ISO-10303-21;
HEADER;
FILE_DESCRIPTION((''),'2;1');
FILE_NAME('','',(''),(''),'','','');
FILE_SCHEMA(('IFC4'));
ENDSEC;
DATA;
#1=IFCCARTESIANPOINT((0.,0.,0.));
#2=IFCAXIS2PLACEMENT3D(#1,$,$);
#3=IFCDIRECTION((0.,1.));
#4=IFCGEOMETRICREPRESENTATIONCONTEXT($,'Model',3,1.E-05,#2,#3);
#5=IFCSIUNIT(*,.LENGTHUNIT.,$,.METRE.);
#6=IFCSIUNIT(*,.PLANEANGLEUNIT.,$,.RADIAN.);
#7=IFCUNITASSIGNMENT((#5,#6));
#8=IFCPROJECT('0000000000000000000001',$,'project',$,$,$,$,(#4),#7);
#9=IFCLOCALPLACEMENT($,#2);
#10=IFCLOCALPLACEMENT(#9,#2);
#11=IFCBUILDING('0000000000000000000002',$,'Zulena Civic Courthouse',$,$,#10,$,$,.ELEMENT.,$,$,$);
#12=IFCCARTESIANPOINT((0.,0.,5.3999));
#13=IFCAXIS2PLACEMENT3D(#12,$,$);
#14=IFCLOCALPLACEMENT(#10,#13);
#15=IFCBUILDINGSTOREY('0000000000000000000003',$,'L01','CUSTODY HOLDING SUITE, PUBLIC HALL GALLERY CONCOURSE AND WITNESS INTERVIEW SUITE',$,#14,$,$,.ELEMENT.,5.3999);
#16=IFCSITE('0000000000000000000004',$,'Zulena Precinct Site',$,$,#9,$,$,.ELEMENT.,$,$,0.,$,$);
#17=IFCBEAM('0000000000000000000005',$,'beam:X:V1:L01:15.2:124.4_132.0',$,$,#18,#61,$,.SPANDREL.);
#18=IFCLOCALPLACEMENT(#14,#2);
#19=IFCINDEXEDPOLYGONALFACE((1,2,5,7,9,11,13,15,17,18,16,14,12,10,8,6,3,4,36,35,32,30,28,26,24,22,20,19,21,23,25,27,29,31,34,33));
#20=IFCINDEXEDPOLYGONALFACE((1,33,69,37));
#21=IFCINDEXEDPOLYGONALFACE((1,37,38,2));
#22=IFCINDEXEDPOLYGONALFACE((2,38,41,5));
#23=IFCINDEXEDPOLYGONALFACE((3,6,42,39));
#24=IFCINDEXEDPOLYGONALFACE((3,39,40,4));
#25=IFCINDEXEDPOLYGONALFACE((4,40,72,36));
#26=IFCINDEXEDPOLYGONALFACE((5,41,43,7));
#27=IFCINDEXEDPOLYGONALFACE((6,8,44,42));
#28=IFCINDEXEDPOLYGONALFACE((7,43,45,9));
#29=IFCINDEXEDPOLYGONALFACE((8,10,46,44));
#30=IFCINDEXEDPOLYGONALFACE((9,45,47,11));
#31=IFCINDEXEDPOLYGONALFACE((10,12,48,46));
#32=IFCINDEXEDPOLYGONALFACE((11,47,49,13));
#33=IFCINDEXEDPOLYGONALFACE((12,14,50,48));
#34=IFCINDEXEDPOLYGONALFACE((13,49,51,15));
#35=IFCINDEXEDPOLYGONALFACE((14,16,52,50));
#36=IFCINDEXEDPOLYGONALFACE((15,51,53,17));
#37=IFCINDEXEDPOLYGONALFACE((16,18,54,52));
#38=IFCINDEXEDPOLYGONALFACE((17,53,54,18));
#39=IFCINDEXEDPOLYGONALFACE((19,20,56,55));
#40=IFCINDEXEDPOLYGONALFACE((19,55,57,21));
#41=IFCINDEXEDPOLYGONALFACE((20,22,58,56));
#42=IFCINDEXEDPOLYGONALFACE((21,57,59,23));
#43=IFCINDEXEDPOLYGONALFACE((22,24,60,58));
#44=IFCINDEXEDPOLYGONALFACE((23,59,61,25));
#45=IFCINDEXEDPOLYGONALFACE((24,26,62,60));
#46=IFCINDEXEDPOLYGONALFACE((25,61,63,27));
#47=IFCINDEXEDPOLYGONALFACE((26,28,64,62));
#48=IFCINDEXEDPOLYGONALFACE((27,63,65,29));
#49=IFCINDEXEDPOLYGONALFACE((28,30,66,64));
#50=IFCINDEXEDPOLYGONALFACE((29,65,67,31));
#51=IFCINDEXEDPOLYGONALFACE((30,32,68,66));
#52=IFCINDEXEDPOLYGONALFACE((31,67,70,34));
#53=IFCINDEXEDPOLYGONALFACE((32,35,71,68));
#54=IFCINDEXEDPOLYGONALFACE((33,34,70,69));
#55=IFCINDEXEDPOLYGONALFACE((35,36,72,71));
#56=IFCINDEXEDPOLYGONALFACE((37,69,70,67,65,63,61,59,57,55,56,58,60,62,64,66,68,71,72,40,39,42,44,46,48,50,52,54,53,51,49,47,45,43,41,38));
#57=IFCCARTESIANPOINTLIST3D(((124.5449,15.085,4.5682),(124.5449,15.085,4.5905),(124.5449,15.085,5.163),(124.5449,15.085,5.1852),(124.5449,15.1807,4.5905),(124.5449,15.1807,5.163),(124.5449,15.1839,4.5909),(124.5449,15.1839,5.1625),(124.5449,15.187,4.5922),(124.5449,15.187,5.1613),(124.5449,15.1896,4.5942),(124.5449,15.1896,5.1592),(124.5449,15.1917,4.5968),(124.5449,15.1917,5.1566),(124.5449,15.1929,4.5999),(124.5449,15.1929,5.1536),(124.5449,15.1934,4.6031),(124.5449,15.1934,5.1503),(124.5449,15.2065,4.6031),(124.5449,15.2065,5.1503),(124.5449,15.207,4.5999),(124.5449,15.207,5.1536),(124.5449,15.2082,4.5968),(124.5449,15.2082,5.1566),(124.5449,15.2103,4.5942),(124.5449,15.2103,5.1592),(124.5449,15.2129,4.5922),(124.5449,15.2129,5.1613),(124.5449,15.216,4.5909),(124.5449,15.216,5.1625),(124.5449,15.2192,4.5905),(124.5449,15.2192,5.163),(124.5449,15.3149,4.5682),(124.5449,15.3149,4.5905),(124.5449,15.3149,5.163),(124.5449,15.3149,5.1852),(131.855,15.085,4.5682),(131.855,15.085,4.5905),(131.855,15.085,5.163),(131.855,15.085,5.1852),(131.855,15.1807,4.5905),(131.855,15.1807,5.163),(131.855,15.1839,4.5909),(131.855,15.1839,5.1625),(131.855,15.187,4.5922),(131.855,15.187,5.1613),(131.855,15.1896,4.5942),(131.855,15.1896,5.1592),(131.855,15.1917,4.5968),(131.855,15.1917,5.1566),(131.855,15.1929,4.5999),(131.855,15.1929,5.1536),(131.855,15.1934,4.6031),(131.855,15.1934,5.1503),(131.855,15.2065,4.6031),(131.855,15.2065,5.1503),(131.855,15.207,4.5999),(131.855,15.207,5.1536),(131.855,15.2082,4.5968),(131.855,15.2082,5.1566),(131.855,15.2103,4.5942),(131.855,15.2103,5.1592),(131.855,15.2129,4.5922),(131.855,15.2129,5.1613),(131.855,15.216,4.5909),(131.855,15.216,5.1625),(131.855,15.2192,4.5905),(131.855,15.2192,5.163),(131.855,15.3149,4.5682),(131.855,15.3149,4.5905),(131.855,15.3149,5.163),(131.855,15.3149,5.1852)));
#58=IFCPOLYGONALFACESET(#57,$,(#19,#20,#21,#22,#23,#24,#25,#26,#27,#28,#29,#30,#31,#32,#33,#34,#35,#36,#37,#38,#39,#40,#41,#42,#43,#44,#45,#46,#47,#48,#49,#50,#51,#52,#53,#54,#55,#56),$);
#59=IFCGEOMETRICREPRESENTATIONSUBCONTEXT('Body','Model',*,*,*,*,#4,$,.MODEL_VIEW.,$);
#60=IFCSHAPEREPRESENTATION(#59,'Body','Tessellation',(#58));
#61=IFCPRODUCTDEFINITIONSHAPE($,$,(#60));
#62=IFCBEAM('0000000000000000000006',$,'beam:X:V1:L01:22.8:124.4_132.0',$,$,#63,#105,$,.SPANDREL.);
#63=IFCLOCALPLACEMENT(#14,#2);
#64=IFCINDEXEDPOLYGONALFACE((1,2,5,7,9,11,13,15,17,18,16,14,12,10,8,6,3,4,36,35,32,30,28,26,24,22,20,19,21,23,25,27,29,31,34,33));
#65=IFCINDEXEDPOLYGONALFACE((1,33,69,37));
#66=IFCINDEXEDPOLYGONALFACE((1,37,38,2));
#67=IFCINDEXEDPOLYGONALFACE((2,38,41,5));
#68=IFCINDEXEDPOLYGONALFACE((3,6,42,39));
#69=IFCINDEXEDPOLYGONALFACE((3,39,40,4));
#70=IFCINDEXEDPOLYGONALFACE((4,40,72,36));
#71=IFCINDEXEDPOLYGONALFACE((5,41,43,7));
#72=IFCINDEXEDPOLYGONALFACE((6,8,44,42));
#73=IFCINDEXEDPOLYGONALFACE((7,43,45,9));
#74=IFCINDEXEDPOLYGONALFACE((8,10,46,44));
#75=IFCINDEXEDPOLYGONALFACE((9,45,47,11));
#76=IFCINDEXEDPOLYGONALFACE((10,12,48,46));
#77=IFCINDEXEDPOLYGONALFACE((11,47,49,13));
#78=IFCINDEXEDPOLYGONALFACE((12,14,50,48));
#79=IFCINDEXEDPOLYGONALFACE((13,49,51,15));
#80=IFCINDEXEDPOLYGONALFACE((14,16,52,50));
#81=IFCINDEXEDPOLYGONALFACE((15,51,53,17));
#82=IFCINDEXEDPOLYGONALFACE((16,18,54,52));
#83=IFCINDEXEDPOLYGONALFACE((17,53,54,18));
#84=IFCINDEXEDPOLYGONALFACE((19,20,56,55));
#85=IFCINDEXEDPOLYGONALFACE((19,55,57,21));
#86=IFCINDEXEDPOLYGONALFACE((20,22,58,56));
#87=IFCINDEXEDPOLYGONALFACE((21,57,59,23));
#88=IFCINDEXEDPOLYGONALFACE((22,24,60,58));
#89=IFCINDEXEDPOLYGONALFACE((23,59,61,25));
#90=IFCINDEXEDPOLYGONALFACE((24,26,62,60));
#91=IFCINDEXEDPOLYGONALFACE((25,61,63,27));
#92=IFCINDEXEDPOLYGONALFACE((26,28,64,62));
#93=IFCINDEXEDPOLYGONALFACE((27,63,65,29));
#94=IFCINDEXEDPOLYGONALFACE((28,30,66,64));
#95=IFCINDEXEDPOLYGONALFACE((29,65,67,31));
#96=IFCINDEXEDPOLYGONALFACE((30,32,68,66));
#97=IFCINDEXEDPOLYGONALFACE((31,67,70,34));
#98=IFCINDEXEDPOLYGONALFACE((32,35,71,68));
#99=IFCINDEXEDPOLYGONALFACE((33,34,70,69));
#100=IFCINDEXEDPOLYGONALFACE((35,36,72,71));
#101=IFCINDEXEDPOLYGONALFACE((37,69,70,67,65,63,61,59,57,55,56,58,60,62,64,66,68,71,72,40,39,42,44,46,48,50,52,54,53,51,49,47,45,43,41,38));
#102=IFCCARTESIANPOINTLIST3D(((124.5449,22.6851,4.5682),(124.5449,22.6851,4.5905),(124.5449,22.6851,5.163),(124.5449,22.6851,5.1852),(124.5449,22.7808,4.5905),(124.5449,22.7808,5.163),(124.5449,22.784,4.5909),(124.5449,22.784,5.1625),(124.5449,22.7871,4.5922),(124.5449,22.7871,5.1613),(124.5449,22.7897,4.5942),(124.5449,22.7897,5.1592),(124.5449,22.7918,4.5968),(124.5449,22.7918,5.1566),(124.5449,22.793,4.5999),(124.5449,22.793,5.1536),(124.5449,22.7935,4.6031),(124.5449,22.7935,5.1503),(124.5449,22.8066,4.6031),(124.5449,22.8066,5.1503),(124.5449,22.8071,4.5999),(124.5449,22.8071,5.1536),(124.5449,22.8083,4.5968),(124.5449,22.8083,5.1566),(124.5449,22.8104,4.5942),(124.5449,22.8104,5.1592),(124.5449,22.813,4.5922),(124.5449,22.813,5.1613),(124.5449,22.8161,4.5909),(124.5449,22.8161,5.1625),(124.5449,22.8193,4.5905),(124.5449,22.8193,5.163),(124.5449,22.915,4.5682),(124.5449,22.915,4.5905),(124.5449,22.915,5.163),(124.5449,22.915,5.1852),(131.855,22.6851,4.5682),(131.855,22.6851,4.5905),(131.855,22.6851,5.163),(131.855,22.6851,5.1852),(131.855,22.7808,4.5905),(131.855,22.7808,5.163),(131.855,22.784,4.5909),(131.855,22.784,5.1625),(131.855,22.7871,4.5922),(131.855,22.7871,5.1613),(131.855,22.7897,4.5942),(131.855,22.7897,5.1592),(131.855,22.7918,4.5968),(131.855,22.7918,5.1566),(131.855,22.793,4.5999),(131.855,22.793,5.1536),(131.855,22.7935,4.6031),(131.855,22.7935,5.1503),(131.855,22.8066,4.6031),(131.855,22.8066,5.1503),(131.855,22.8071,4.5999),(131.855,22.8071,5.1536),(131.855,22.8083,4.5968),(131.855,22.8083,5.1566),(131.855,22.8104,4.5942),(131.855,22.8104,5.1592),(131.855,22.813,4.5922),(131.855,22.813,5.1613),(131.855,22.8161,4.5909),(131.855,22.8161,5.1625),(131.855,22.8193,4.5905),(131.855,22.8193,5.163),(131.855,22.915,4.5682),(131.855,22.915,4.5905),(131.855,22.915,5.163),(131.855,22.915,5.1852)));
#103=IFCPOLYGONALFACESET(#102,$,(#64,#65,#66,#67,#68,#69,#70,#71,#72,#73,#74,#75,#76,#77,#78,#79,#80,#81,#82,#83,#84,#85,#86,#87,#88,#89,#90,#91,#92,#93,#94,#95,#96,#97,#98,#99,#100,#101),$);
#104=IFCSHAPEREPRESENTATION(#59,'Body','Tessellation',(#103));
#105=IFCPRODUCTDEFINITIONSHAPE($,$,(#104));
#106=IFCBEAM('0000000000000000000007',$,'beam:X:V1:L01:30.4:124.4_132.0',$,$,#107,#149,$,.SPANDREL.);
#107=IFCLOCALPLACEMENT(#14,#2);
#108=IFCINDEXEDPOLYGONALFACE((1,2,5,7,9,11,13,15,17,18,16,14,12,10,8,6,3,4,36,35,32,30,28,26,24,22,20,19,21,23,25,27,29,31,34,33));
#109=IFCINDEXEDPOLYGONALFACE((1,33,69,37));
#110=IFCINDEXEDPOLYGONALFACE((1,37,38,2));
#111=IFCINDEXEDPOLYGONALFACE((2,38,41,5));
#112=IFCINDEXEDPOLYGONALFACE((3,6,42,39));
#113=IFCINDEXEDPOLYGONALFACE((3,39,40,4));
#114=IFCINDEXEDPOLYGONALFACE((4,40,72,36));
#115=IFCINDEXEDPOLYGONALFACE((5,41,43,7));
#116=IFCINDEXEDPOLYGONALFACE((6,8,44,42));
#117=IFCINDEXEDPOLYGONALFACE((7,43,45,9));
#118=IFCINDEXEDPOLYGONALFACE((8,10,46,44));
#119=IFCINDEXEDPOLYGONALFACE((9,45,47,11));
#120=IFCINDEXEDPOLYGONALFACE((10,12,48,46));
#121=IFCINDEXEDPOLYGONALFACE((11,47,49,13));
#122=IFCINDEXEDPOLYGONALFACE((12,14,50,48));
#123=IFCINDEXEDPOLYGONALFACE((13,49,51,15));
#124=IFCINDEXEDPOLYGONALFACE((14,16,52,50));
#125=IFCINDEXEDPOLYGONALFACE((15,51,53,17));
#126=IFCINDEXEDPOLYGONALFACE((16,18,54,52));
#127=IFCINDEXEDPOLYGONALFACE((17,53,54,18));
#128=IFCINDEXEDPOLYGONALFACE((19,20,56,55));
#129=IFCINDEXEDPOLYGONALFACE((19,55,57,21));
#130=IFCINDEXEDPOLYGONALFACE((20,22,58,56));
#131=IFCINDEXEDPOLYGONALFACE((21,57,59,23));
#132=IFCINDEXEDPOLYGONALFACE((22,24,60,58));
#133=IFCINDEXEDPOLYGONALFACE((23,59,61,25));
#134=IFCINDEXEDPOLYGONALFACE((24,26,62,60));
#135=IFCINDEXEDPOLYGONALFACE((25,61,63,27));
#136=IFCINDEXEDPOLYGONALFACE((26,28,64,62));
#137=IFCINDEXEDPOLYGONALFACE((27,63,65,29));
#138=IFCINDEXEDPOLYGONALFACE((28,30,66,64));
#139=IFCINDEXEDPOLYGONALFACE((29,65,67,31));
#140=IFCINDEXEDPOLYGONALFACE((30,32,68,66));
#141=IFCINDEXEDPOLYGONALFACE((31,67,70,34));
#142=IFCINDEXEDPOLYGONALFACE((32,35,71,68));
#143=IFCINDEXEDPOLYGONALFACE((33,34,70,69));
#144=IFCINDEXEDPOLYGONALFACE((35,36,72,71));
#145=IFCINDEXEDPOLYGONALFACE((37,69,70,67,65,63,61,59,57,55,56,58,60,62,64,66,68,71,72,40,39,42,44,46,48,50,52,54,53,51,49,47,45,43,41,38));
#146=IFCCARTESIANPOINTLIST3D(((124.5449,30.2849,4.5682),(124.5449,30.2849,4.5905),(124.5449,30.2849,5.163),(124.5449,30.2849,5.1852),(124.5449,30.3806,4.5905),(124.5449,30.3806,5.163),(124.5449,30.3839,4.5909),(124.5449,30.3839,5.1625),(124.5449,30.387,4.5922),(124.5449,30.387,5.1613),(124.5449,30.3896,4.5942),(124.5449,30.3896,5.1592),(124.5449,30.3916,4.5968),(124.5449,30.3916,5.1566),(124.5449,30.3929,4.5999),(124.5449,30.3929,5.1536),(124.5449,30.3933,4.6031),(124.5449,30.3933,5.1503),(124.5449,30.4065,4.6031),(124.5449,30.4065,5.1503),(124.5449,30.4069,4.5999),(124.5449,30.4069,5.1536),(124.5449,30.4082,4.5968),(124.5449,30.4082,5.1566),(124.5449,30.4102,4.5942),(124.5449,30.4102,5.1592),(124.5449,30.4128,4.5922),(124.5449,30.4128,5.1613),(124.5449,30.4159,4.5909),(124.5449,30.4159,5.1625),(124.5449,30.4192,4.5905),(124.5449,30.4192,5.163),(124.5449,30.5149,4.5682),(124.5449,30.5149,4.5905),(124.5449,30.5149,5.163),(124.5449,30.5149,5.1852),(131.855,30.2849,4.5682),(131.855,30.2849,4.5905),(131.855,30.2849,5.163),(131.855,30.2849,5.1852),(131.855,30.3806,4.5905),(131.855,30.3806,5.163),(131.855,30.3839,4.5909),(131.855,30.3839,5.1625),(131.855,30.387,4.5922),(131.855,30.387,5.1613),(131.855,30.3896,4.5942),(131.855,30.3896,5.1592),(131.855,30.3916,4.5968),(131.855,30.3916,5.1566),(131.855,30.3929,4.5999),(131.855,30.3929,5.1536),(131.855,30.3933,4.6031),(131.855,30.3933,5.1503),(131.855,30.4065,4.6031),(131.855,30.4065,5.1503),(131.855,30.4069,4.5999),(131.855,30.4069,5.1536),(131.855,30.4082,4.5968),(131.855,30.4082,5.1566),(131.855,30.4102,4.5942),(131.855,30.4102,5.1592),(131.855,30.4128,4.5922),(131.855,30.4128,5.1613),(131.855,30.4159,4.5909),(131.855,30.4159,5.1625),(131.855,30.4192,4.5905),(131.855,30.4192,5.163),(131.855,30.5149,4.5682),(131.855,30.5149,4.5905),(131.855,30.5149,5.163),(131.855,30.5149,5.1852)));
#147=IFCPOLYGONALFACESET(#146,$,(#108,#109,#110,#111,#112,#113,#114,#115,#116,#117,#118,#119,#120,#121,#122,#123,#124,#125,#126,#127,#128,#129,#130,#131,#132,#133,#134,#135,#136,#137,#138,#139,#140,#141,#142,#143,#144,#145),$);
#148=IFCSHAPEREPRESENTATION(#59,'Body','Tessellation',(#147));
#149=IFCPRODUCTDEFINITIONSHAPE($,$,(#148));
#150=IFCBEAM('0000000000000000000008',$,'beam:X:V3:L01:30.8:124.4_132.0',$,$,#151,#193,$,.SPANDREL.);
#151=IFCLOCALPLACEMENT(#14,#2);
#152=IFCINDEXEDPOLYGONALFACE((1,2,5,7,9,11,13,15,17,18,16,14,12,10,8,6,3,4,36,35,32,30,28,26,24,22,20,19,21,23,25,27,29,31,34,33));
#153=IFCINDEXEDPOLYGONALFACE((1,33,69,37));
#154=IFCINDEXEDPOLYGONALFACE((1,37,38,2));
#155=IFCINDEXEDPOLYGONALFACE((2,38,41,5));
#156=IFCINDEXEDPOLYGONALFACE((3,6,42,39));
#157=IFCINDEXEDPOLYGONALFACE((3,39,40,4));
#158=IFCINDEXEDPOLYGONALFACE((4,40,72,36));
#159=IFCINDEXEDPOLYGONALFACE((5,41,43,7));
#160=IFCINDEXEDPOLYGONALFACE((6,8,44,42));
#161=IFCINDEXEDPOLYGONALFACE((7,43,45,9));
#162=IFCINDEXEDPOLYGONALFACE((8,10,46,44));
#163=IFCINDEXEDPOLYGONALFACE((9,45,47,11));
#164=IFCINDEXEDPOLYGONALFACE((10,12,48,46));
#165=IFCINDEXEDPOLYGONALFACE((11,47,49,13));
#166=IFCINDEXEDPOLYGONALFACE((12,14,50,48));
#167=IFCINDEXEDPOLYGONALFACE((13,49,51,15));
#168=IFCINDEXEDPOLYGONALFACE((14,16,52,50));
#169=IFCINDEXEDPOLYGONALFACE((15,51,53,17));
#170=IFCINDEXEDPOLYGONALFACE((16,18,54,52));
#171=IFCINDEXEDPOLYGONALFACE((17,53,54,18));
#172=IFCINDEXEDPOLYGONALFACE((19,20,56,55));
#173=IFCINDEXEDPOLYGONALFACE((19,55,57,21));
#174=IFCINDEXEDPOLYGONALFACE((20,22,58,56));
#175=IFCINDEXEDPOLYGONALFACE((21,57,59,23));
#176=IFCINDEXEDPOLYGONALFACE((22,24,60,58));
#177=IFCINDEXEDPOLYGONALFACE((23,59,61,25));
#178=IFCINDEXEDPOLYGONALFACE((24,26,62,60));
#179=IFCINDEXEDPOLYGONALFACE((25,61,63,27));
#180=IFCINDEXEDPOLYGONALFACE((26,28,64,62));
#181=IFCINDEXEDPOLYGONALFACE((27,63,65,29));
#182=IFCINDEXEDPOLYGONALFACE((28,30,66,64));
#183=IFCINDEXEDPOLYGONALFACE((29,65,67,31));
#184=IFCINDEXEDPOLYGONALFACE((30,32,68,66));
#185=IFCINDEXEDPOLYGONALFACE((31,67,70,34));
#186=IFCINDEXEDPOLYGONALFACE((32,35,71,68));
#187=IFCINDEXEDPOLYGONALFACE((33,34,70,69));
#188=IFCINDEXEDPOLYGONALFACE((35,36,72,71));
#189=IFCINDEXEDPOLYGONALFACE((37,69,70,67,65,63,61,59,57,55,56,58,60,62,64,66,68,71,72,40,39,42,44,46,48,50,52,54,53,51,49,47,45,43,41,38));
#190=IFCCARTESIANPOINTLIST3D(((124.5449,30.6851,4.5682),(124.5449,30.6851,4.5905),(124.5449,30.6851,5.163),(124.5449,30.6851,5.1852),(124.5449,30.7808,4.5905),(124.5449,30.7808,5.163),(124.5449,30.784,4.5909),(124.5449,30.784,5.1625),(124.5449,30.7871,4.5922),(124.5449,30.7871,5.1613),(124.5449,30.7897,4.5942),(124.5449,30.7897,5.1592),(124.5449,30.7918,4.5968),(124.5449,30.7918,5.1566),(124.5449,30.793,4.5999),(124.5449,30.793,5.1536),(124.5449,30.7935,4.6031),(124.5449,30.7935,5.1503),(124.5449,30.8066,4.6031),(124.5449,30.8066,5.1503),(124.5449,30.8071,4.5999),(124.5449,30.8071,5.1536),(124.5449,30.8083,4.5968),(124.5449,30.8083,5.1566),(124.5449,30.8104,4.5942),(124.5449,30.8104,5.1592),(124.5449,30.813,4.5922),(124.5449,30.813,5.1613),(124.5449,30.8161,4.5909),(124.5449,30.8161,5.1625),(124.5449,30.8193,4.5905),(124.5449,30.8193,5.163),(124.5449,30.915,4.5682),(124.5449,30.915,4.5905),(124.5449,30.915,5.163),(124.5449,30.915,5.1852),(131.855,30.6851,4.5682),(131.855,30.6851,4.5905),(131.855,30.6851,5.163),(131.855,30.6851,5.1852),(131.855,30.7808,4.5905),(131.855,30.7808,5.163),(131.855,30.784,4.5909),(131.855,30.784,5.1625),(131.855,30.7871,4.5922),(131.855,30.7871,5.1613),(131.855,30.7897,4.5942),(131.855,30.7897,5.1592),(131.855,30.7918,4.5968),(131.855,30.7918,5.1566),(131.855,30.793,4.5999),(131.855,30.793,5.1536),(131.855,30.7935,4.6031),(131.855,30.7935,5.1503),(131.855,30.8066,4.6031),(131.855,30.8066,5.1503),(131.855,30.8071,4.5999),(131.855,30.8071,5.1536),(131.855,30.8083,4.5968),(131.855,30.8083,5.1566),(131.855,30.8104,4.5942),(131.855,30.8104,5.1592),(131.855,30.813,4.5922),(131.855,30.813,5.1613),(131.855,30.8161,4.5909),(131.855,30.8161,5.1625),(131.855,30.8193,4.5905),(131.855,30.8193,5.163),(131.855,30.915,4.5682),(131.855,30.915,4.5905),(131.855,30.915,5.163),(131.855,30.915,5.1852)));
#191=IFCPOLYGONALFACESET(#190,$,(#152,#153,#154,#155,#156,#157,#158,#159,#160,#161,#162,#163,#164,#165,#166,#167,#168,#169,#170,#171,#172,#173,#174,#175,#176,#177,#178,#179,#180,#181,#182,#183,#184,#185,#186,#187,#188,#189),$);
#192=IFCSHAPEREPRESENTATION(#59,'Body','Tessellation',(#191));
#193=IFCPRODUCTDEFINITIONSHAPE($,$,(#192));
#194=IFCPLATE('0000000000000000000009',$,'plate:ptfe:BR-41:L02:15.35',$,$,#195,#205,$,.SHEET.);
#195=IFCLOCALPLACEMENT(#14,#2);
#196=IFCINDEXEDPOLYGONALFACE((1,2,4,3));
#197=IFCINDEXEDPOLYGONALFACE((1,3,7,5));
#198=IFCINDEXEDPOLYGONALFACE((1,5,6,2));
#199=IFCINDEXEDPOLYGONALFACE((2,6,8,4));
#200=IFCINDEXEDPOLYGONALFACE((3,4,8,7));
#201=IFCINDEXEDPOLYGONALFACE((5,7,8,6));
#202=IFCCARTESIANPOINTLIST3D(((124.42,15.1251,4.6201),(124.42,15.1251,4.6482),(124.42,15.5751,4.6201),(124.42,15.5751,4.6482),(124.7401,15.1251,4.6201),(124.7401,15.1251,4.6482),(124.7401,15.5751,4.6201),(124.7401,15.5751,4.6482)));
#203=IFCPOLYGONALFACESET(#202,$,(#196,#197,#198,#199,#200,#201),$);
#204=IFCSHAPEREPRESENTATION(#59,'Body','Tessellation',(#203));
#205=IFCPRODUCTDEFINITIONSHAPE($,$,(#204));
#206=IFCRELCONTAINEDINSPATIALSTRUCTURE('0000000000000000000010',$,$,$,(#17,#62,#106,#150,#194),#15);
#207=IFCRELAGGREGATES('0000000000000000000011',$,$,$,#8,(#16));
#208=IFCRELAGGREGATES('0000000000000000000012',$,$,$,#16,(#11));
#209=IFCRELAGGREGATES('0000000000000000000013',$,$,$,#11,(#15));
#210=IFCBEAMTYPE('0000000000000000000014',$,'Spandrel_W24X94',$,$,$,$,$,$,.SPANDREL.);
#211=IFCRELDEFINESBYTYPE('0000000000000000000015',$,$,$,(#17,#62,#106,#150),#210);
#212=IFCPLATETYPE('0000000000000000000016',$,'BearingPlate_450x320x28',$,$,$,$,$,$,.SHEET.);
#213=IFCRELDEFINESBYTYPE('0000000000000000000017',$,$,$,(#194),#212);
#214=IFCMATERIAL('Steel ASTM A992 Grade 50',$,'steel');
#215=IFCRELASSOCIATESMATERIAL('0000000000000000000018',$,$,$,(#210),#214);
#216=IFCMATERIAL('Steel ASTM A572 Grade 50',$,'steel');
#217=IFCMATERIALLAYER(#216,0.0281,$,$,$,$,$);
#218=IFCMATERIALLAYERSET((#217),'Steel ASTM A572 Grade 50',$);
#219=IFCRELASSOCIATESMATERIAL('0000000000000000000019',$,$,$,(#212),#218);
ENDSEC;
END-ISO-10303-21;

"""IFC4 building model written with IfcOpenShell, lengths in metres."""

from ifc_helpers import new_model, si_unit, direction, frame, origin, origin_2d, place, context, subcontext, project, spatial, rectangle, i_section, extrude, material, layer, layer_set, material_profile, profile_set, type_object, element, save


model = new_model("IFC4")

# Units and contexts
model_context = context("Model", 3, precision=1e-05, world=origin(), true_north=direction((0.0, 1.0)))
body_context = subcontext(model_context, "Body", "Model", "MODEL_VIEW")
ifc_project = project(units=[si_unit("LENGTHUNIT", "METRE"), si_unit("PLANEANGLEUNIT", "RADIAN")], contexts=[model_context])

# Site, building, storey
site_placement = place(None, origin())
site = spatial("IfcSite", under=ifc_project, at=site_placement, Name="Zulena Precinct Site", CompositionType="ELEMENT", RefElevation=0.0)
building_placement = place(site_placement, origin())
building = spatial("IfcBuilding", under=site, at=building_placement, Name="Zulena Civic Courthouse", CompositionType="ELEMENT")
storey_placement = place(building_placement, frame((0.0, 0.0, 5.3999)))
storey = spatial("IfcBuildingStorey", under=building, at=storey_placement, Name="L01", Description="CUSTODY HOLDING SUITE, PUBLIC HALL GALLERY CONCOURSE AND WITNESS INTERVIEW SUITE", CompositionType="ELEMENT", Elevation=5.3999)

# Shared definitions
ifc_material_1 = material(Name="Steel ASTM A992 Grade 50", Category="steel")

# Beams
ifc_material_profile_1 = material_profile(ifc_material_1, i_section(OverallWidth=0.23, OverallDepth=0.6169, WebThickness=0.0132, FlangeThickness=0.0222, FilletRadius=0.0127, at=origin_2d()), Name="W24X94")
ifc_profile_set_1 = profile_set([ifc_material_profile_1], Name="Steel ASTM A992 Grade 50")
beam_type_1 = type_object("IfcBeamType", Name="Spandrel_W24X94", PredefinedType="SPANDREL", material=ifc_profile_set_1)
for number, where, z_axis, x_axis, name in (
    (1, (124.5449, 15.2, 4.8767), (1.0, 0.0, 0.0), (0.0, 1.0, 0.0), "beam:X:V1:L01:15.2:124.4_132.0"),
    (2, (124.5449, 22.8, 4.8767), (1.0, 0.0, 0.0), (0.0, 1.0, 0.0), "beam:X:V1:L01:22.8:124.4_132.0"),
    (3, (124.5449, 30.3999, 4.8767), (1.0, 0.0, 0.0), (0.0, 1.0, 0.0), "beam:X:V1:L01:30.4:124.4_132.0"),
    (4, (124.5449, 30.8, 4.8767), (1.0, 0.0, 0.0), (0.0, 1.0, 0.0), "beam:X:V3:L01:30.8:124.4_132.0"),
):
    element("IfcBeam", number, at=place(storey_placement, frame(where, z_axis=z_axis, x_axis=x_axis)), inside=storey, type_object=beam_type_1, Name=name, PredefinedType="SPANDREL", context=body_context, shape_type="SweptSolid", body=[
        extrude(i_section(OverallWidth=0.23, OverallDepth=0.6169, WebThickness=0.0132, FlangeThickness=0.0222, FilletRadius=0.0127, at=origin_2d()), origin(), (0.0, 0.0, 1.0), 7.3101),
    ])

# Plate
ifc_material_2 = material(Name="Steel ASTM A572 Grade 50", Category="steel")
ifc_layer_1 = layer(ifc_material_2, 0.0281)
ifc_layer_set_1 = layer_set([ifc_layer_1], Name="Steel ASTM A572 Grade 50")
plate_type = type_object("IfcPlateType", Name="BearingPlate_450x320x28", PredefinedType="SHEET", material=ifc_layer_set_1)
for number, where, z_axis, x_axis, name in (
    (5, (124.5801, 15.3501, 4.6201), (0.0, 0.0, 1.0), (1.0, 0.0, 0.0), "plate:ptfe:BR-41:L02:15.35"),
):
    element("IfcPlate", number, at=place(storey_placement, frame(where, z_axis=z_axis, x_axis=x_axis)), inside=storey, type_object=plate_type, Name=name, PredefinedType="SHEET", context=body_context, shape_type="SweptSolid", body=[
        extrude(rectangle(XDim=0.3201, YDim=0.45, at=origin_2d()), origin(), (0.0, 0.0, 1.0), 0.0281),
    ])

save(model, "model.ifc")
